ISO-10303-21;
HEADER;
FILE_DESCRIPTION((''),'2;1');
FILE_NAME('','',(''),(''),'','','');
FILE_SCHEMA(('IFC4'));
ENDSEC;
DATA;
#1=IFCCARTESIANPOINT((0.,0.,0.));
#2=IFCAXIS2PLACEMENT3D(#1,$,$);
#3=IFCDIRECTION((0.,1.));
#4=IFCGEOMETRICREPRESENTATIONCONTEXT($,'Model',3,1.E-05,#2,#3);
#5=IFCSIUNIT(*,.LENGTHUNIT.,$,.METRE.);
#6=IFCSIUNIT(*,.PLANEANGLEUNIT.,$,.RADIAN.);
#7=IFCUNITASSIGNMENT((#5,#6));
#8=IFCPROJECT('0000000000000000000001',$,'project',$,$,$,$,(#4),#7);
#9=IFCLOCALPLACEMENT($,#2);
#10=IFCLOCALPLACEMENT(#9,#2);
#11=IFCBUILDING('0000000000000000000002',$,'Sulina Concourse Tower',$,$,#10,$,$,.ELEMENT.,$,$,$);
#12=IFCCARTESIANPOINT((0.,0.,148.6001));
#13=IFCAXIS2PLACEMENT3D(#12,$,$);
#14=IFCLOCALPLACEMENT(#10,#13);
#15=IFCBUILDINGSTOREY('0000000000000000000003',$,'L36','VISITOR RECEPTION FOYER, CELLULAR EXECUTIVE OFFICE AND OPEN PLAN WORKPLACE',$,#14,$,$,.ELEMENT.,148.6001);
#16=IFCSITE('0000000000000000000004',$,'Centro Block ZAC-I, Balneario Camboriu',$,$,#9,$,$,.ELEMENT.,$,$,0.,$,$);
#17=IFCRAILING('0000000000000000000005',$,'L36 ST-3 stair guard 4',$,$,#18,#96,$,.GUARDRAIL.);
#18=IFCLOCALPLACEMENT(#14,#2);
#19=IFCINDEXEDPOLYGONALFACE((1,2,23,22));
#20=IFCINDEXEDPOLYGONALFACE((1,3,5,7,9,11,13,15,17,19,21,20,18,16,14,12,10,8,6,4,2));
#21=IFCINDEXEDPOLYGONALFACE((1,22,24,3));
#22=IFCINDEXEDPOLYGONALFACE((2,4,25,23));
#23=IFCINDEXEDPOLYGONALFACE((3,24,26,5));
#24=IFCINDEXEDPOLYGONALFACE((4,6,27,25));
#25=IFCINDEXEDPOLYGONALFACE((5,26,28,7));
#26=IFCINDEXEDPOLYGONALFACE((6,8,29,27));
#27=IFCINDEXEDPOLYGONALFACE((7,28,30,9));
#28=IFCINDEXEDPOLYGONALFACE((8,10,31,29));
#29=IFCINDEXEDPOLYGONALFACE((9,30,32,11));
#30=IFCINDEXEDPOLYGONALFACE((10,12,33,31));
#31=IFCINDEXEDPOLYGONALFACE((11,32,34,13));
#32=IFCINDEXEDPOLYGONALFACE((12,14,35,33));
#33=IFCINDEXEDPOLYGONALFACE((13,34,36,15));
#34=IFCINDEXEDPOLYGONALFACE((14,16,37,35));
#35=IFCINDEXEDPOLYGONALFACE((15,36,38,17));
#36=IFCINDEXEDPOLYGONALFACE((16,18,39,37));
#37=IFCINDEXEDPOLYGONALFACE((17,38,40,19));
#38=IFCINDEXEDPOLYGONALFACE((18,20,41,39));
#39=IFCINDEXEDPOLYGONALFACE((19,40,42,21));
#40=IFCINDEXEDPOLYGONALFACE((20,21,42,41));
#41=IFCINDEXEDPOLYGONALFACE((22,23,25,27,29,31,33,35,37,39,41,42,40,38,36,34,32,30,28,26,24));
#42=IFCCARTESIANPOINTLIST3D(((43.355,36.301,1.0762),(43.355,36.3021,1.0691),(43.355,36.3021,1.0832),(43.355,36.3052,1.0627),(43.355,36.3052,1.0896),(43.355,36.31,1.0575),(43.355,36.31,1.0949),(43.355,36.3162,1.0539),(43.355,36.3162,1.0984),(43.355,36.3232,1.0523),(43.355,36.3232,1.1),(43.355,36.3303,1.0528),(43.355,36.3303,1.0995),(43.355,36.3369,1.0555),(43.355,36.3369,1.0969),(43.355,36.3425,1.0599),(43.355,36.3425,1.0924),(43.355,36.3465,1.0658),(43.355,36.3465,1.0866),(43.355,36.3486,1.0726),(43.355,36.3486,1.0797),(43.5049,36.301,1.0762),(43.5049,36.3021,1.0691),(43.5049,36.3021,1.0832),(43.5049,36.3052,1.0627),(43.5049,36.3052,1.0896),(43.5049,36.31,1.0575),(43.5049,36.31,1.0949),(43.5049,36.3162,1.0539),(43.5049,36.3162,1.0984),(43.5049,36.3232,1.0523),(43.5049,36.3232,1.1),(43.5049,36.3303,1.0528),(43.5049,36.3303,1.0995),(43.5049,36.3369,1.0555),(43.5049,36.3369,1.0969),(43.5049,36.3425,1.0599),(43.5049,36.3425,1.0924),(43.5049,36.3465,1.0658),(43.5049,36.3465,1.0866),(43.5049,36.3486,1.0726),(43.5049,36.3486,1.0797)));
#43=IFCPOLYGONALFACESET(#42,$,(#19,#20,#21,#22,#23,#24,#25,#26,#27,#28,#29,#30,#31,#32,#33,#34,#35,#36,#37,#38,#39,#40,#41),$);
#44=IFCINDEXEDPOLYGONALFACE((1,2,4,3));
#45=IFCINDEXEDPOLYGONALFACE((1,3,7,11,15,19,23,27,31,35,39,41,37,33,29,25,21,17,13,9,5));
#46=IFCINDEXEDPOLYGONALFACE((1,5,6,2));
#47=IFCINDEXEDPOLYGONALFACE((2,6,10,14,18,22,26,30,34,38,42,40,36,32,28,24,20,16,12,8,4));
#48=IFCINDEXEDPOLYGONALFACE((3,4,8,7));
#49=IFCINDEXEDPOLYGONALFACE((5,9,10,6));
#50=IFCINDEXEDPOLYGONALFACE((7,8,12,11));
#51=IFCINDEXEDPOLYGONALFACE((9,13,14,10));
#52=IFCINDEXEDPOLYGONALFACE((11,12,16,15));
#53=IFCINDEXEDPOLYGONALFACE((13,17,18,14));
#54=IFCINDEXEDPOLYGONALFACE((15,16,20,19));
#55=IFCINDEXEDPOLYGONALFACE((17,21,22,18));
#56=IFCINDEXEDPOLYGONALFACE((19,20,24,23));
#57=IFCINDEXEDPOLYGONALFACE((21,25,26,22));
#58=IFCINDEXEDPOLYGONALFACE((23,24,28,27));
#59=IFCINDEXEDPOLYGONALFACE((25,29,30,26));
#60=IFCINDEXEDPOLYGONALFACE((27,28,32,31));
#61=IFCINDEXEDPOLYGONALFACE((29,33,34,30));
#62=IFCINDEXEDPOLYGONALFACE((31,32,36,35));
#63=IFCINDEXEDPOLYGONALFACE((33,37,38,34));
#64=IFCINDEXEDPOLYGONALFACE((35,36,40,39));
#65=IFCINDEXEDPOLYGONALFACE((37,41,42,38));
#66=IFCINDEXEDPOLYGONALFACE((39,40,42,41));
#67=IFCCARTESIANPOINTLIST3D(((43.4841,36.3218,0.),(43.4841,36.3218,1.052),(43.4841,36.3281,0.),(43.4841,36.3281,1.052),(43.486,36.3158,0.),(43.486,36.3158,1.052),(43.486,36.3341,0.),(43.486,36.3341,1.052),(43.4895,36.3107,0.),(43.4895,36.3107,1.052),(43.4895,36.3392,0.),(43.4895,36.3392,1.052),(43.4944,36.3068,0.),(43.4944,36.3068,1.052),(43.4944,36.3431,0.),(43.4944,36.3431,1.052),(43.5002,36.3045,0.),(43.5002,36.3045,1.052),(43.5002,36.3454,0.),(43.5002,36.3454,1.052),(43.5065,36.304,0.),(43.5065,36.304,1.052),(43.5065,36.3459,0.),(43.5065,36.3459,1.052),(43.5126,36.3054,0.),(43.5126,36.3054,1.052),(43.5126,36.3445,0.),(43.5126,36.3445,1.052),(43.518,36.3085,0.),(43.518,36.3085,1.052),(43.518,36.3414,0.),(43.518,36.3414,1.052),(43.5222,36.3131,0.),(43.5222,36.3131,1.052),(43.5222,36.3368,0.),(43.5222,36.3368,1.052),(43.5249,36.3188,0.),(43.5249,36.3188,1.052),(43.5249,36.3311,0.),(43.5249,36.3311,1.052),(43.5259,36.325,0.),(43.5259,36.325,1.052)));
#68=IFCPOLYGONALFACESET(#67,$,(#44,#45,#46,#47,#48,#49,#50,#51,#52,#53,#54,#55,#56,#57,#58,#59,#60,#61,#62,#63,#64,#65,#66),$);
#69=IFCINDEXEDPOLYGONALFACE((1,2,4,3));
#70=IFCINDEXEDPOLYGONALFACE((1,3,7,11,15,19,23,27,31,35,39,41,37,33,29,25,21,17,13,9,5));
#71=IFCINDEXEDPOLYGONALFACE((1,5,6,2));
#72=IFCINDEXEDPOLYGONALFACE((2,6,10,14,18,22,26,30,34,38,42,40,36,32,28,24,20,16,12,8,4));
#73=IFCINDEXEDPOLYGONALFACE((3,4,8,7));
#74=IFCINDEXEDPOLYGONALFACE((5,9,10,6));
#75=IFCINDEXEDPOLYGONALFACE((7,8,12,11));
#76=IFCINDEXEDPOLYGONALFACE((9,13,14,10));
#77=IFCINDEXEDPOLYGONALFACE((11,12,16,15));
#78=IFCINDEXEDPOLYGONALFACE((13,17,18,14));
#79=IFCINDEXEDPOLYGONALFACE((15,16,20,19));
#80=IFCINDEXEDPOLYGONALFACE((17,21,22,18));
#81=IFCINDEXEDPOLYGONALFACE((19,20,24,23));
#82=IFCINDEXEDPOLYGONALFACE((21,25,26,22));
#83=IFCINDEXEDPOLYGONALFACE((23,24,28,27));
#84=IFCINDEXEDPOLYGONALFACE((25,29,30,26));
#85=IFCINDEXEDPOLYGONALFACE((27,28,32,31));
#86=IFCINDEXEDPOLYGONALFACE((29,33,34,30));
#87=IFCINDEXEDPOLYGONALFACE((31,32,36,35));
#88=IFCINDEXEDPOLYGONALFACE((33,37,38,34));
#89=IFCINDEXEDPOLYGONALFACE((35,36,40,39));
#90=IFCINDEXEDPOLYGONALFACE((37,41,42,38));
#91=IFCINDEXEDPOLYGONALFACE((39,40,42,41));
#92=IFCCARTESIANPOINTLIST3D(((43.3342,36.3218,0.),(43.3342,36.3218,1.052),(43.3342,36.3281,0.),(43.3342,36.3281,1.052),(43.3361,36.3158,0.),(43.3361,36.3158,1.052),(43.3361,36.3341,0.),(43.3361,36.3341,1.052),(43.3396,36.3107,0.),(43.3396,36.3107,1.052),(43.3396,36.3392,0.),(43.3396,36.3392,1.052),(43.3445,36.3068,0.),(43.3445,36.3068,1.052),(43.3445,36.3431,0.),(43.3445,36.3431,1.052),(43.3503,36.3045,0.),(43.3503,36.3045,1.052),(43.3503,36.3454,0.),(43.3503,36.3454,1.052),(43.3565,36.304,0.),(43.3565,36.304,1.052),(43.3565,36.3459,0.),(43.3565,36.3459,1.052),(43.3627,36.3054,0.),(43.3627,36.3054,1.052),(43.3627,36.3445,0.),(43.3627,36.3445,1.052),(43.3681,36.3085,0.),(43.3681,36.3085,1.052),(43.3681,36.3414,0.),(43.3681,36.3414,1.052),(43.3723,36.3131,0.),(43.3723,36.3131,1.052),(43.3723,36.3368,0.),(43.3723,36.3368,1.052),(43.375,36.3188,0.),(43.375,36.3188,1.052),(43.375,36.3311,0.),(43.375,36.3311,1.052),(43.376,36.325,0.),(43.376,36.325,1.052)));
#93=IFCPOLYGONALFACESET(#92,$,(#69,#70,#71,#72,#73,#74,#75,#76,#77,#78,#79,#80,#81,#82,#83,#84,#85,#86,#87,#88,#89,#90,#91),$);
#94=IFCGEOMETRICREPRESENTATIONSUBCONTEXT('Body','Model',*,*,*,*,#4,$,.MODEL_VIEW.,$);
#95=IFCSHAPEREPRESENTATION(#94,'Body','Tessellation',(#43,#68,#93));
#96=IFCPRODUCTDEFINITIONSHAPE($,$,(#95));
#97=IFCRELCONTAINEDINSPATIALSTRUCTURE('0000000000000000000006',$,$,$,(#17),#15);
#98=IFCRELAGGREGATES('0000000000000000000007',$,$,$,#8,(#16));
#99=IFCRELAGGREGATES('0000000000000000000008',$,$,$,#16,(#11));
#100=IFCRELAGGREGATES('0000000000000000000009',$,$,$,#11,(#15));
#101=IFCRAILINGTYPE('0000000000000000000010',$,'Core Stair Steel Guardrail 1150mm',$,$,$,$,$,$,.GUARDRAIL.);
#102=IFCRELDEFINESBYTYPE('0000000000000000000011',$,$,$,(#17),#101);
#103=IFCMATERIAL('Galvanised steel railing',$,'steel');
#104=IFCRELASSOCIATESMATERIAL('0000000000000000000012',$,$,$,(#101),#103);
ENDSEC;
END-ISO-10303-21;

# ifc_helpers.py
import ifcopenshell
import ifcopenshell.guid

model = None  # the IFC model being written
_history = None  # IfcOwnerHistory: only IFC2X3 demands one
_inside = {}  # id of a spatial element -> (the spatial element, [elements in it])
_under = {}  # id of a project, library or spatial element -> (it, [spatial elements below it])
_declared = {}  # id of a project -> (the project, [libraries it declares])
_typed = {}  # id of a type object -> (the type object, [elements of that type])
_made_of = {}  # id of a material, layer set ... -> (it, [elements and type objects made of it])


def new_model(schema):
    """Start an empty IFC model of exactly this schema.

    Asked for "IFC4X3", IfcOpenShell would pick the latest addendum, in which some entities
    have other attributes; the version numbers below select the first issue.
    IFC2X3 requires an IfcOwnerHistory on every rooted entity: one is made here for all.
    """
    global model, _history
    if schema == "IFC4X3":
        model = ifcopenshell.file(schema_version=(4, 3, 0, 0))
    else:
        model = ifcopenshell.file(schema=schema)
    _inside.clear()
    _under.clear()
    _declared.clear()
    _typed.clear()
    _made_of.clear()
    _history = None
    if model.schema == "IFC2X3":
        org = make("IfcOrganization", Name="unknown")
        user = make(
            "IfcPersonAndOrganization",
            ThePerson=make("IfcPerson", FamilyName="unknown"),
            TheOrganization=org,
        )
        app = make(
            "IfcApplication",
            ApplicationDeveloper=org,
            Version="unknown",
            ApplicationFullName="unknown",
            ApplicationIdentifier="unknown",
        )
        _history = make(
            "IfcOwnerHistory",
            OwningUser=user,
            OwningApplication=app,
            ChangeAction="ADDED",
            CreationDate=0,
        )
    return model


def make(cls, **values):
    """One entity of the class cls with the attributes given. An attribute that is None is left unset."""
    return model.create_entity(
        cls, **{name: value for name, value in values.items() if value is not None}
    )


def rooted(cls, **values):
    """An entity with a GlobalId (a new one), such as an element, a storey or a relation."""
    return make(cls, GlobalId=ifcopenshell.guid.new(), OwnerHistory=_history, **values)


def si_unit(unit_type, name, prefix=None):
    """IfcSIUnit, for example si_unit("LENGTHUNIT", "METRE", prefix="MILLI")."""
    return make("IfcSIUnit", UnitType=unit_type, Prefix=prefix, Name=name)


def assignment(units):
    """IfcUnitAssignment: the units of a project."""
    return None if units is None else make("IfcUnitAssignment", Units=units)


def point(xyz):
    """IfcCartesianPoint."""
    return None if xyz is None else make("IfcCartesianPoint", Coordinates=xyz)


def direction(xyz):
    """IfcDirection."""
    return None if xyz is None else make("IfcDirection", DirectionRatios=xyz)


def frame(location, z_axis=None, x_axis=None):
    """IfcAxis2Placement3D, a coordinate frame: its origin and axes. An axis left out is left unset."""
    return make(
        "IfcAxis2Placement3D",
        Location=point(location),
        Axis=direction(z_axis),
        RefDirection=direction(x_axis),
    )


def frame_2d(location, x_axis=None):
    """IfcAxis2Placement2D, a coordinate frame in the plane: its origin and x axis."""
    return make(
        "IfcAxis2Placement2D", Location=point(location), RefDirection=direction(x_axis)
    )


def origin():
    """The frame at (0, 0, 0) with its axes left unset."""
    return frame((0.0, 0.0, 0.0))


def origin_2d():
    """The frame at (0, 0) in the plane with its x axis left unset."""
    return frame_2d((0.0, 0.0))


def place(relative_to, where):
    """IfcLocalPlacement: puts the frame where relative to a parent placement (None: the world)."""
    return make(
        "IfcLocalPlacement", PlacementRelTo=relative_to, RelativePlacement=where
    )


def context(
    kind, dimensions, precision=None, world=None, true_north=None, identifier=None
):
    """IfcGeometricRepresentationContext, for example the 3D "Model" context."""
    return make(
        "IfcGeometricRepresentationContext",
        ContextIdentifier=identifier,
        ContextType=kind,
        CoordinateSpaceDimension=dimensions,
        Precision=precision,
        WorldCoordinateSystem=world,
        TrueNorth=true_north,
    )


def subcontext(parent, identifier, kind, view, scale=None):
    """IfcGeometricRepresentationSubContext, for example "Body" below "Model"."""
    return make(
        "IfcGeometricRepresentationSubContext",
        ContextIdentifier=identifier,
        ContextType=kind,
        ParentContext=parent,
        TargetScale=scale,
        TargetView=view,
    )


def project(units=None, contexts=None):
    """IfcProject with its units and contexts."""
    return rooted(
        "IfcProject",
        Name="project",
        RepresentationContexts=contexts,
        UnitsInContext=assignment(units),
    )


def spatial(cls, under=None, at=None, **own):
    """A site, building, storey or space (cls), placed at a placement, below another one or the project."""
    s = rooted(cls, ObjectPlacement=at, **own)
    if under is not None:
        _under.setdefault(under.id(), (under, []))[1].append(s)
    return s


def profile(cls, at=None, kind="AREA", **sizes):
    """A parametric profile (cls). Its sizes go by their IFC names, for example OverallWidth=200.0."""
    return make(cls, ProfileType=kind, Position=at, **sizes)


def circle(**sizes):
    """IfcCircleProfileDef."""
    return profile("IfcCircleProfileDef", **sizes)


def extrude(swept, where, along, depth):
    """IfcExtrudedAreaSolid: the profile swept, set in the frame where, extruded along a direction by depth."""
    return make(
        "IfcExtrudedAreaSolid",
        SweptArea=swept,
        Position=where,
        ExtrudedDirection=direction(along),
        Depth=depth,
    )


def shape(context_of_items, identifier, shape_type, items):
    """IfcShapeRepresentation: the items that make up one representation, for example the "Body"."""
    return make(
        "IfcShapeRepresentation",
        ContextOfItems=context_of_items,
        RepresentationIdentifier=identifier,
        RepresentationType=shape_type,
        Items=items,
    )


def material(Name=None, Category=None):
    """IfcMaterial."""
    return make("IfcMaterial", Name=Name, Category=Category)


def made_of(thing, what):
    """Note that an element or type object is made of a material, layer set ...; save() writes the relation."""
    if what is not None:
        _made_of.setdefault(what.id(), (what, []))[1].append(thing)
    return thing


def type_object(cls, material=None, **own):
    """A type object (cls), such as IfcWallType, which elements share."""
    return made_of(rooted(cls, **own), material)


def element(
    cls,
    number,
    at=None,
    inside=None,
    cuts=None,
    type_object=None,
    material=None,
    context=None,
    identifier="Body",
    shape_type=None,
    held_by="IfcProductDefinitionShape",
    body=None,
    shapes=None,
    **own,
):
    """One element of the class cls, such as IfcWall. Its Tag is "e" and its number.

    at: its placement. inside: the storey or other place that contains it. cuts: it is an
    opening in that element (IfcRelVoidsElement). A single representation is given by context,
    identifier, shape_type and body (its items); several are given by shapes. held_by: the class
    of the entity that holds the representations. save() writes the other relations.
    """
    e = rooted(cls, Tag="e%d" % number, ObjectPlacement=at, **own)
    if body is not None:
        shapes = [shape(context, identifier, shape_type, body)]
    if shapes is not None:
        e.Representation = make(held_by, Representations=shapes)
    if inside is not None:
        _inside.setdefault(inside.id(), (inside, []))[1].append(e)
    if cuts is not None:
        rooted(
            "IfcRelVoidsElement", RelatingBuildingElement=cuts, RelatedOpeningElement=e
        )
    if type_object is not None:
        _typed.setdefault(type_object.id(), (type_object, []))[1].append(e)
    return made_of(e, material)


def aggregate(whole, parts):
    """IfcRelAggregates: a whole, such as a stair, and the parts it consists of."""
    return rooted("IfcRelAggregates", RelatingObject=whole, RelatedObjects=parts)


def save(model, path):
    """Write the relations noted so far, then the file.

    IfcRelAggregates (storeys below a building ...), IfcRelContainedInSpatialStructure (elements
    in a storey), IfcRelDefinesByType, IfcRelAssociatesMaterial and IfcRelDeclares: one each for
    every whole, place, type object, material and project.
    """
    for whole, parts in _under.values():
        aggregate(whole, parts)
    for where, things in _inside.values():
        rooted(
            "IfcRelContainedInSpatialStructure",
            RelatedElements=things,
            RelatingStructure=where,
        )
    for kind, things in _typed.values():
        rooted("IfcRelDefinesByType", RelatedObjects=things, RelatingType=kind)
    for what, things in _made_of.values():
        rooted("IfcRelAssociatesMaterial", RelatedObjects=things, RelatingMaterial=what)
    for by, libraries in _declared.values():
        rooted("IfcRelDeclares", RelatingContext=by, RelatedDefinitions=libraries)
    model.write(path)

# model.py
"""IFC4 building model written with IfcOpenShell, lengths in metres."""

from ifc_helpers import new_model, si_unit, direction, frame, origin, origin_2d, place, context, subcontext, project, spatial, circle, extrude, material, type_object, element, save


model = new_model("IFC4")

# Units and contexts
model_context = context("Model", 3, precision=1e-05, world=origin(), true_north=direction((0.0, 1.0)))
body_context = subcontext(model_context, "Body", "Model", "MODEL_VIEW")
ifc_project = project(units=[si_unit("LENGTHUNIT", "METRE"), si_unit("PLANEANGLEUNIT", "RADIAN")], contexts=[model_context])

# Site, building, storey
site_placement = place(None, origin())
site = spatial("IfcSite", under=ifc_project, at=site_placement, Name="Centro Block ZAC-I, Balneario Camboriu", CompositionType="ELEMENT", RefElevation=0.0)
building_placement = place(site_placement, origin())
building = spatial("IfcBuilding", under=site, at=building_placement, Name="Sulina Concourse Tower", CompositionType="ELEMENT")
storey_placement = place(building_placement, frame((0.0, 0.0, 148.6001)))
storey = spatial("IfcBuildingStorey", under=building, at=storey_placement, Name="L36", Description="VISITOR RECEPTION FOYER, CELLULAR EXECUTIVE OFFICE AND OPEN PLAN WORKPLACE", CompositionType="ELEMENT", Elevation=148.6001)

# Railing
ifc_material_1 = material(Name="Galvanised steel railing", Category="steel")
railing_type_1 = type_object("IfcRailingType", Name="Core Stair Steel Guardrail 1150mm", PredefinedType="GUARDRAIL", material=ifc_material_1)
railing_1_placement = place(storey_placement, frame((43.5049, 36.325, 0.0)))
element("IfcRailing", 1, at=railing_1_placement, inside=storey, type_object=railing_type_1, Name="L36 ST-3 stair guard 4", PredefinedType="GUARDRAIL", context=body_context, shape_type="SweptSolid", body=[
    extrude(circle(Radius=0.0239, at=origin_2d()), frame((0.0, 0.0, 1.0762), z_axis=(-1.0, 0.0, 0.0), x_axis=(0.0, -1.0, 0.0)), (0.0, 0.0, 1.0), 0.1499),
    extrude(circle(Radius=0.021, at=origin_2d()), origin(), (0.0, 0.0, 1.0), 1.052),
    extrude(circle(Radius=0.021, at=origin_2d()), frame((-0.1499, 0.0, 0.0)), (0.0, 0.0, 1.0), 1.052),
])

save(model, "model.ifc")
